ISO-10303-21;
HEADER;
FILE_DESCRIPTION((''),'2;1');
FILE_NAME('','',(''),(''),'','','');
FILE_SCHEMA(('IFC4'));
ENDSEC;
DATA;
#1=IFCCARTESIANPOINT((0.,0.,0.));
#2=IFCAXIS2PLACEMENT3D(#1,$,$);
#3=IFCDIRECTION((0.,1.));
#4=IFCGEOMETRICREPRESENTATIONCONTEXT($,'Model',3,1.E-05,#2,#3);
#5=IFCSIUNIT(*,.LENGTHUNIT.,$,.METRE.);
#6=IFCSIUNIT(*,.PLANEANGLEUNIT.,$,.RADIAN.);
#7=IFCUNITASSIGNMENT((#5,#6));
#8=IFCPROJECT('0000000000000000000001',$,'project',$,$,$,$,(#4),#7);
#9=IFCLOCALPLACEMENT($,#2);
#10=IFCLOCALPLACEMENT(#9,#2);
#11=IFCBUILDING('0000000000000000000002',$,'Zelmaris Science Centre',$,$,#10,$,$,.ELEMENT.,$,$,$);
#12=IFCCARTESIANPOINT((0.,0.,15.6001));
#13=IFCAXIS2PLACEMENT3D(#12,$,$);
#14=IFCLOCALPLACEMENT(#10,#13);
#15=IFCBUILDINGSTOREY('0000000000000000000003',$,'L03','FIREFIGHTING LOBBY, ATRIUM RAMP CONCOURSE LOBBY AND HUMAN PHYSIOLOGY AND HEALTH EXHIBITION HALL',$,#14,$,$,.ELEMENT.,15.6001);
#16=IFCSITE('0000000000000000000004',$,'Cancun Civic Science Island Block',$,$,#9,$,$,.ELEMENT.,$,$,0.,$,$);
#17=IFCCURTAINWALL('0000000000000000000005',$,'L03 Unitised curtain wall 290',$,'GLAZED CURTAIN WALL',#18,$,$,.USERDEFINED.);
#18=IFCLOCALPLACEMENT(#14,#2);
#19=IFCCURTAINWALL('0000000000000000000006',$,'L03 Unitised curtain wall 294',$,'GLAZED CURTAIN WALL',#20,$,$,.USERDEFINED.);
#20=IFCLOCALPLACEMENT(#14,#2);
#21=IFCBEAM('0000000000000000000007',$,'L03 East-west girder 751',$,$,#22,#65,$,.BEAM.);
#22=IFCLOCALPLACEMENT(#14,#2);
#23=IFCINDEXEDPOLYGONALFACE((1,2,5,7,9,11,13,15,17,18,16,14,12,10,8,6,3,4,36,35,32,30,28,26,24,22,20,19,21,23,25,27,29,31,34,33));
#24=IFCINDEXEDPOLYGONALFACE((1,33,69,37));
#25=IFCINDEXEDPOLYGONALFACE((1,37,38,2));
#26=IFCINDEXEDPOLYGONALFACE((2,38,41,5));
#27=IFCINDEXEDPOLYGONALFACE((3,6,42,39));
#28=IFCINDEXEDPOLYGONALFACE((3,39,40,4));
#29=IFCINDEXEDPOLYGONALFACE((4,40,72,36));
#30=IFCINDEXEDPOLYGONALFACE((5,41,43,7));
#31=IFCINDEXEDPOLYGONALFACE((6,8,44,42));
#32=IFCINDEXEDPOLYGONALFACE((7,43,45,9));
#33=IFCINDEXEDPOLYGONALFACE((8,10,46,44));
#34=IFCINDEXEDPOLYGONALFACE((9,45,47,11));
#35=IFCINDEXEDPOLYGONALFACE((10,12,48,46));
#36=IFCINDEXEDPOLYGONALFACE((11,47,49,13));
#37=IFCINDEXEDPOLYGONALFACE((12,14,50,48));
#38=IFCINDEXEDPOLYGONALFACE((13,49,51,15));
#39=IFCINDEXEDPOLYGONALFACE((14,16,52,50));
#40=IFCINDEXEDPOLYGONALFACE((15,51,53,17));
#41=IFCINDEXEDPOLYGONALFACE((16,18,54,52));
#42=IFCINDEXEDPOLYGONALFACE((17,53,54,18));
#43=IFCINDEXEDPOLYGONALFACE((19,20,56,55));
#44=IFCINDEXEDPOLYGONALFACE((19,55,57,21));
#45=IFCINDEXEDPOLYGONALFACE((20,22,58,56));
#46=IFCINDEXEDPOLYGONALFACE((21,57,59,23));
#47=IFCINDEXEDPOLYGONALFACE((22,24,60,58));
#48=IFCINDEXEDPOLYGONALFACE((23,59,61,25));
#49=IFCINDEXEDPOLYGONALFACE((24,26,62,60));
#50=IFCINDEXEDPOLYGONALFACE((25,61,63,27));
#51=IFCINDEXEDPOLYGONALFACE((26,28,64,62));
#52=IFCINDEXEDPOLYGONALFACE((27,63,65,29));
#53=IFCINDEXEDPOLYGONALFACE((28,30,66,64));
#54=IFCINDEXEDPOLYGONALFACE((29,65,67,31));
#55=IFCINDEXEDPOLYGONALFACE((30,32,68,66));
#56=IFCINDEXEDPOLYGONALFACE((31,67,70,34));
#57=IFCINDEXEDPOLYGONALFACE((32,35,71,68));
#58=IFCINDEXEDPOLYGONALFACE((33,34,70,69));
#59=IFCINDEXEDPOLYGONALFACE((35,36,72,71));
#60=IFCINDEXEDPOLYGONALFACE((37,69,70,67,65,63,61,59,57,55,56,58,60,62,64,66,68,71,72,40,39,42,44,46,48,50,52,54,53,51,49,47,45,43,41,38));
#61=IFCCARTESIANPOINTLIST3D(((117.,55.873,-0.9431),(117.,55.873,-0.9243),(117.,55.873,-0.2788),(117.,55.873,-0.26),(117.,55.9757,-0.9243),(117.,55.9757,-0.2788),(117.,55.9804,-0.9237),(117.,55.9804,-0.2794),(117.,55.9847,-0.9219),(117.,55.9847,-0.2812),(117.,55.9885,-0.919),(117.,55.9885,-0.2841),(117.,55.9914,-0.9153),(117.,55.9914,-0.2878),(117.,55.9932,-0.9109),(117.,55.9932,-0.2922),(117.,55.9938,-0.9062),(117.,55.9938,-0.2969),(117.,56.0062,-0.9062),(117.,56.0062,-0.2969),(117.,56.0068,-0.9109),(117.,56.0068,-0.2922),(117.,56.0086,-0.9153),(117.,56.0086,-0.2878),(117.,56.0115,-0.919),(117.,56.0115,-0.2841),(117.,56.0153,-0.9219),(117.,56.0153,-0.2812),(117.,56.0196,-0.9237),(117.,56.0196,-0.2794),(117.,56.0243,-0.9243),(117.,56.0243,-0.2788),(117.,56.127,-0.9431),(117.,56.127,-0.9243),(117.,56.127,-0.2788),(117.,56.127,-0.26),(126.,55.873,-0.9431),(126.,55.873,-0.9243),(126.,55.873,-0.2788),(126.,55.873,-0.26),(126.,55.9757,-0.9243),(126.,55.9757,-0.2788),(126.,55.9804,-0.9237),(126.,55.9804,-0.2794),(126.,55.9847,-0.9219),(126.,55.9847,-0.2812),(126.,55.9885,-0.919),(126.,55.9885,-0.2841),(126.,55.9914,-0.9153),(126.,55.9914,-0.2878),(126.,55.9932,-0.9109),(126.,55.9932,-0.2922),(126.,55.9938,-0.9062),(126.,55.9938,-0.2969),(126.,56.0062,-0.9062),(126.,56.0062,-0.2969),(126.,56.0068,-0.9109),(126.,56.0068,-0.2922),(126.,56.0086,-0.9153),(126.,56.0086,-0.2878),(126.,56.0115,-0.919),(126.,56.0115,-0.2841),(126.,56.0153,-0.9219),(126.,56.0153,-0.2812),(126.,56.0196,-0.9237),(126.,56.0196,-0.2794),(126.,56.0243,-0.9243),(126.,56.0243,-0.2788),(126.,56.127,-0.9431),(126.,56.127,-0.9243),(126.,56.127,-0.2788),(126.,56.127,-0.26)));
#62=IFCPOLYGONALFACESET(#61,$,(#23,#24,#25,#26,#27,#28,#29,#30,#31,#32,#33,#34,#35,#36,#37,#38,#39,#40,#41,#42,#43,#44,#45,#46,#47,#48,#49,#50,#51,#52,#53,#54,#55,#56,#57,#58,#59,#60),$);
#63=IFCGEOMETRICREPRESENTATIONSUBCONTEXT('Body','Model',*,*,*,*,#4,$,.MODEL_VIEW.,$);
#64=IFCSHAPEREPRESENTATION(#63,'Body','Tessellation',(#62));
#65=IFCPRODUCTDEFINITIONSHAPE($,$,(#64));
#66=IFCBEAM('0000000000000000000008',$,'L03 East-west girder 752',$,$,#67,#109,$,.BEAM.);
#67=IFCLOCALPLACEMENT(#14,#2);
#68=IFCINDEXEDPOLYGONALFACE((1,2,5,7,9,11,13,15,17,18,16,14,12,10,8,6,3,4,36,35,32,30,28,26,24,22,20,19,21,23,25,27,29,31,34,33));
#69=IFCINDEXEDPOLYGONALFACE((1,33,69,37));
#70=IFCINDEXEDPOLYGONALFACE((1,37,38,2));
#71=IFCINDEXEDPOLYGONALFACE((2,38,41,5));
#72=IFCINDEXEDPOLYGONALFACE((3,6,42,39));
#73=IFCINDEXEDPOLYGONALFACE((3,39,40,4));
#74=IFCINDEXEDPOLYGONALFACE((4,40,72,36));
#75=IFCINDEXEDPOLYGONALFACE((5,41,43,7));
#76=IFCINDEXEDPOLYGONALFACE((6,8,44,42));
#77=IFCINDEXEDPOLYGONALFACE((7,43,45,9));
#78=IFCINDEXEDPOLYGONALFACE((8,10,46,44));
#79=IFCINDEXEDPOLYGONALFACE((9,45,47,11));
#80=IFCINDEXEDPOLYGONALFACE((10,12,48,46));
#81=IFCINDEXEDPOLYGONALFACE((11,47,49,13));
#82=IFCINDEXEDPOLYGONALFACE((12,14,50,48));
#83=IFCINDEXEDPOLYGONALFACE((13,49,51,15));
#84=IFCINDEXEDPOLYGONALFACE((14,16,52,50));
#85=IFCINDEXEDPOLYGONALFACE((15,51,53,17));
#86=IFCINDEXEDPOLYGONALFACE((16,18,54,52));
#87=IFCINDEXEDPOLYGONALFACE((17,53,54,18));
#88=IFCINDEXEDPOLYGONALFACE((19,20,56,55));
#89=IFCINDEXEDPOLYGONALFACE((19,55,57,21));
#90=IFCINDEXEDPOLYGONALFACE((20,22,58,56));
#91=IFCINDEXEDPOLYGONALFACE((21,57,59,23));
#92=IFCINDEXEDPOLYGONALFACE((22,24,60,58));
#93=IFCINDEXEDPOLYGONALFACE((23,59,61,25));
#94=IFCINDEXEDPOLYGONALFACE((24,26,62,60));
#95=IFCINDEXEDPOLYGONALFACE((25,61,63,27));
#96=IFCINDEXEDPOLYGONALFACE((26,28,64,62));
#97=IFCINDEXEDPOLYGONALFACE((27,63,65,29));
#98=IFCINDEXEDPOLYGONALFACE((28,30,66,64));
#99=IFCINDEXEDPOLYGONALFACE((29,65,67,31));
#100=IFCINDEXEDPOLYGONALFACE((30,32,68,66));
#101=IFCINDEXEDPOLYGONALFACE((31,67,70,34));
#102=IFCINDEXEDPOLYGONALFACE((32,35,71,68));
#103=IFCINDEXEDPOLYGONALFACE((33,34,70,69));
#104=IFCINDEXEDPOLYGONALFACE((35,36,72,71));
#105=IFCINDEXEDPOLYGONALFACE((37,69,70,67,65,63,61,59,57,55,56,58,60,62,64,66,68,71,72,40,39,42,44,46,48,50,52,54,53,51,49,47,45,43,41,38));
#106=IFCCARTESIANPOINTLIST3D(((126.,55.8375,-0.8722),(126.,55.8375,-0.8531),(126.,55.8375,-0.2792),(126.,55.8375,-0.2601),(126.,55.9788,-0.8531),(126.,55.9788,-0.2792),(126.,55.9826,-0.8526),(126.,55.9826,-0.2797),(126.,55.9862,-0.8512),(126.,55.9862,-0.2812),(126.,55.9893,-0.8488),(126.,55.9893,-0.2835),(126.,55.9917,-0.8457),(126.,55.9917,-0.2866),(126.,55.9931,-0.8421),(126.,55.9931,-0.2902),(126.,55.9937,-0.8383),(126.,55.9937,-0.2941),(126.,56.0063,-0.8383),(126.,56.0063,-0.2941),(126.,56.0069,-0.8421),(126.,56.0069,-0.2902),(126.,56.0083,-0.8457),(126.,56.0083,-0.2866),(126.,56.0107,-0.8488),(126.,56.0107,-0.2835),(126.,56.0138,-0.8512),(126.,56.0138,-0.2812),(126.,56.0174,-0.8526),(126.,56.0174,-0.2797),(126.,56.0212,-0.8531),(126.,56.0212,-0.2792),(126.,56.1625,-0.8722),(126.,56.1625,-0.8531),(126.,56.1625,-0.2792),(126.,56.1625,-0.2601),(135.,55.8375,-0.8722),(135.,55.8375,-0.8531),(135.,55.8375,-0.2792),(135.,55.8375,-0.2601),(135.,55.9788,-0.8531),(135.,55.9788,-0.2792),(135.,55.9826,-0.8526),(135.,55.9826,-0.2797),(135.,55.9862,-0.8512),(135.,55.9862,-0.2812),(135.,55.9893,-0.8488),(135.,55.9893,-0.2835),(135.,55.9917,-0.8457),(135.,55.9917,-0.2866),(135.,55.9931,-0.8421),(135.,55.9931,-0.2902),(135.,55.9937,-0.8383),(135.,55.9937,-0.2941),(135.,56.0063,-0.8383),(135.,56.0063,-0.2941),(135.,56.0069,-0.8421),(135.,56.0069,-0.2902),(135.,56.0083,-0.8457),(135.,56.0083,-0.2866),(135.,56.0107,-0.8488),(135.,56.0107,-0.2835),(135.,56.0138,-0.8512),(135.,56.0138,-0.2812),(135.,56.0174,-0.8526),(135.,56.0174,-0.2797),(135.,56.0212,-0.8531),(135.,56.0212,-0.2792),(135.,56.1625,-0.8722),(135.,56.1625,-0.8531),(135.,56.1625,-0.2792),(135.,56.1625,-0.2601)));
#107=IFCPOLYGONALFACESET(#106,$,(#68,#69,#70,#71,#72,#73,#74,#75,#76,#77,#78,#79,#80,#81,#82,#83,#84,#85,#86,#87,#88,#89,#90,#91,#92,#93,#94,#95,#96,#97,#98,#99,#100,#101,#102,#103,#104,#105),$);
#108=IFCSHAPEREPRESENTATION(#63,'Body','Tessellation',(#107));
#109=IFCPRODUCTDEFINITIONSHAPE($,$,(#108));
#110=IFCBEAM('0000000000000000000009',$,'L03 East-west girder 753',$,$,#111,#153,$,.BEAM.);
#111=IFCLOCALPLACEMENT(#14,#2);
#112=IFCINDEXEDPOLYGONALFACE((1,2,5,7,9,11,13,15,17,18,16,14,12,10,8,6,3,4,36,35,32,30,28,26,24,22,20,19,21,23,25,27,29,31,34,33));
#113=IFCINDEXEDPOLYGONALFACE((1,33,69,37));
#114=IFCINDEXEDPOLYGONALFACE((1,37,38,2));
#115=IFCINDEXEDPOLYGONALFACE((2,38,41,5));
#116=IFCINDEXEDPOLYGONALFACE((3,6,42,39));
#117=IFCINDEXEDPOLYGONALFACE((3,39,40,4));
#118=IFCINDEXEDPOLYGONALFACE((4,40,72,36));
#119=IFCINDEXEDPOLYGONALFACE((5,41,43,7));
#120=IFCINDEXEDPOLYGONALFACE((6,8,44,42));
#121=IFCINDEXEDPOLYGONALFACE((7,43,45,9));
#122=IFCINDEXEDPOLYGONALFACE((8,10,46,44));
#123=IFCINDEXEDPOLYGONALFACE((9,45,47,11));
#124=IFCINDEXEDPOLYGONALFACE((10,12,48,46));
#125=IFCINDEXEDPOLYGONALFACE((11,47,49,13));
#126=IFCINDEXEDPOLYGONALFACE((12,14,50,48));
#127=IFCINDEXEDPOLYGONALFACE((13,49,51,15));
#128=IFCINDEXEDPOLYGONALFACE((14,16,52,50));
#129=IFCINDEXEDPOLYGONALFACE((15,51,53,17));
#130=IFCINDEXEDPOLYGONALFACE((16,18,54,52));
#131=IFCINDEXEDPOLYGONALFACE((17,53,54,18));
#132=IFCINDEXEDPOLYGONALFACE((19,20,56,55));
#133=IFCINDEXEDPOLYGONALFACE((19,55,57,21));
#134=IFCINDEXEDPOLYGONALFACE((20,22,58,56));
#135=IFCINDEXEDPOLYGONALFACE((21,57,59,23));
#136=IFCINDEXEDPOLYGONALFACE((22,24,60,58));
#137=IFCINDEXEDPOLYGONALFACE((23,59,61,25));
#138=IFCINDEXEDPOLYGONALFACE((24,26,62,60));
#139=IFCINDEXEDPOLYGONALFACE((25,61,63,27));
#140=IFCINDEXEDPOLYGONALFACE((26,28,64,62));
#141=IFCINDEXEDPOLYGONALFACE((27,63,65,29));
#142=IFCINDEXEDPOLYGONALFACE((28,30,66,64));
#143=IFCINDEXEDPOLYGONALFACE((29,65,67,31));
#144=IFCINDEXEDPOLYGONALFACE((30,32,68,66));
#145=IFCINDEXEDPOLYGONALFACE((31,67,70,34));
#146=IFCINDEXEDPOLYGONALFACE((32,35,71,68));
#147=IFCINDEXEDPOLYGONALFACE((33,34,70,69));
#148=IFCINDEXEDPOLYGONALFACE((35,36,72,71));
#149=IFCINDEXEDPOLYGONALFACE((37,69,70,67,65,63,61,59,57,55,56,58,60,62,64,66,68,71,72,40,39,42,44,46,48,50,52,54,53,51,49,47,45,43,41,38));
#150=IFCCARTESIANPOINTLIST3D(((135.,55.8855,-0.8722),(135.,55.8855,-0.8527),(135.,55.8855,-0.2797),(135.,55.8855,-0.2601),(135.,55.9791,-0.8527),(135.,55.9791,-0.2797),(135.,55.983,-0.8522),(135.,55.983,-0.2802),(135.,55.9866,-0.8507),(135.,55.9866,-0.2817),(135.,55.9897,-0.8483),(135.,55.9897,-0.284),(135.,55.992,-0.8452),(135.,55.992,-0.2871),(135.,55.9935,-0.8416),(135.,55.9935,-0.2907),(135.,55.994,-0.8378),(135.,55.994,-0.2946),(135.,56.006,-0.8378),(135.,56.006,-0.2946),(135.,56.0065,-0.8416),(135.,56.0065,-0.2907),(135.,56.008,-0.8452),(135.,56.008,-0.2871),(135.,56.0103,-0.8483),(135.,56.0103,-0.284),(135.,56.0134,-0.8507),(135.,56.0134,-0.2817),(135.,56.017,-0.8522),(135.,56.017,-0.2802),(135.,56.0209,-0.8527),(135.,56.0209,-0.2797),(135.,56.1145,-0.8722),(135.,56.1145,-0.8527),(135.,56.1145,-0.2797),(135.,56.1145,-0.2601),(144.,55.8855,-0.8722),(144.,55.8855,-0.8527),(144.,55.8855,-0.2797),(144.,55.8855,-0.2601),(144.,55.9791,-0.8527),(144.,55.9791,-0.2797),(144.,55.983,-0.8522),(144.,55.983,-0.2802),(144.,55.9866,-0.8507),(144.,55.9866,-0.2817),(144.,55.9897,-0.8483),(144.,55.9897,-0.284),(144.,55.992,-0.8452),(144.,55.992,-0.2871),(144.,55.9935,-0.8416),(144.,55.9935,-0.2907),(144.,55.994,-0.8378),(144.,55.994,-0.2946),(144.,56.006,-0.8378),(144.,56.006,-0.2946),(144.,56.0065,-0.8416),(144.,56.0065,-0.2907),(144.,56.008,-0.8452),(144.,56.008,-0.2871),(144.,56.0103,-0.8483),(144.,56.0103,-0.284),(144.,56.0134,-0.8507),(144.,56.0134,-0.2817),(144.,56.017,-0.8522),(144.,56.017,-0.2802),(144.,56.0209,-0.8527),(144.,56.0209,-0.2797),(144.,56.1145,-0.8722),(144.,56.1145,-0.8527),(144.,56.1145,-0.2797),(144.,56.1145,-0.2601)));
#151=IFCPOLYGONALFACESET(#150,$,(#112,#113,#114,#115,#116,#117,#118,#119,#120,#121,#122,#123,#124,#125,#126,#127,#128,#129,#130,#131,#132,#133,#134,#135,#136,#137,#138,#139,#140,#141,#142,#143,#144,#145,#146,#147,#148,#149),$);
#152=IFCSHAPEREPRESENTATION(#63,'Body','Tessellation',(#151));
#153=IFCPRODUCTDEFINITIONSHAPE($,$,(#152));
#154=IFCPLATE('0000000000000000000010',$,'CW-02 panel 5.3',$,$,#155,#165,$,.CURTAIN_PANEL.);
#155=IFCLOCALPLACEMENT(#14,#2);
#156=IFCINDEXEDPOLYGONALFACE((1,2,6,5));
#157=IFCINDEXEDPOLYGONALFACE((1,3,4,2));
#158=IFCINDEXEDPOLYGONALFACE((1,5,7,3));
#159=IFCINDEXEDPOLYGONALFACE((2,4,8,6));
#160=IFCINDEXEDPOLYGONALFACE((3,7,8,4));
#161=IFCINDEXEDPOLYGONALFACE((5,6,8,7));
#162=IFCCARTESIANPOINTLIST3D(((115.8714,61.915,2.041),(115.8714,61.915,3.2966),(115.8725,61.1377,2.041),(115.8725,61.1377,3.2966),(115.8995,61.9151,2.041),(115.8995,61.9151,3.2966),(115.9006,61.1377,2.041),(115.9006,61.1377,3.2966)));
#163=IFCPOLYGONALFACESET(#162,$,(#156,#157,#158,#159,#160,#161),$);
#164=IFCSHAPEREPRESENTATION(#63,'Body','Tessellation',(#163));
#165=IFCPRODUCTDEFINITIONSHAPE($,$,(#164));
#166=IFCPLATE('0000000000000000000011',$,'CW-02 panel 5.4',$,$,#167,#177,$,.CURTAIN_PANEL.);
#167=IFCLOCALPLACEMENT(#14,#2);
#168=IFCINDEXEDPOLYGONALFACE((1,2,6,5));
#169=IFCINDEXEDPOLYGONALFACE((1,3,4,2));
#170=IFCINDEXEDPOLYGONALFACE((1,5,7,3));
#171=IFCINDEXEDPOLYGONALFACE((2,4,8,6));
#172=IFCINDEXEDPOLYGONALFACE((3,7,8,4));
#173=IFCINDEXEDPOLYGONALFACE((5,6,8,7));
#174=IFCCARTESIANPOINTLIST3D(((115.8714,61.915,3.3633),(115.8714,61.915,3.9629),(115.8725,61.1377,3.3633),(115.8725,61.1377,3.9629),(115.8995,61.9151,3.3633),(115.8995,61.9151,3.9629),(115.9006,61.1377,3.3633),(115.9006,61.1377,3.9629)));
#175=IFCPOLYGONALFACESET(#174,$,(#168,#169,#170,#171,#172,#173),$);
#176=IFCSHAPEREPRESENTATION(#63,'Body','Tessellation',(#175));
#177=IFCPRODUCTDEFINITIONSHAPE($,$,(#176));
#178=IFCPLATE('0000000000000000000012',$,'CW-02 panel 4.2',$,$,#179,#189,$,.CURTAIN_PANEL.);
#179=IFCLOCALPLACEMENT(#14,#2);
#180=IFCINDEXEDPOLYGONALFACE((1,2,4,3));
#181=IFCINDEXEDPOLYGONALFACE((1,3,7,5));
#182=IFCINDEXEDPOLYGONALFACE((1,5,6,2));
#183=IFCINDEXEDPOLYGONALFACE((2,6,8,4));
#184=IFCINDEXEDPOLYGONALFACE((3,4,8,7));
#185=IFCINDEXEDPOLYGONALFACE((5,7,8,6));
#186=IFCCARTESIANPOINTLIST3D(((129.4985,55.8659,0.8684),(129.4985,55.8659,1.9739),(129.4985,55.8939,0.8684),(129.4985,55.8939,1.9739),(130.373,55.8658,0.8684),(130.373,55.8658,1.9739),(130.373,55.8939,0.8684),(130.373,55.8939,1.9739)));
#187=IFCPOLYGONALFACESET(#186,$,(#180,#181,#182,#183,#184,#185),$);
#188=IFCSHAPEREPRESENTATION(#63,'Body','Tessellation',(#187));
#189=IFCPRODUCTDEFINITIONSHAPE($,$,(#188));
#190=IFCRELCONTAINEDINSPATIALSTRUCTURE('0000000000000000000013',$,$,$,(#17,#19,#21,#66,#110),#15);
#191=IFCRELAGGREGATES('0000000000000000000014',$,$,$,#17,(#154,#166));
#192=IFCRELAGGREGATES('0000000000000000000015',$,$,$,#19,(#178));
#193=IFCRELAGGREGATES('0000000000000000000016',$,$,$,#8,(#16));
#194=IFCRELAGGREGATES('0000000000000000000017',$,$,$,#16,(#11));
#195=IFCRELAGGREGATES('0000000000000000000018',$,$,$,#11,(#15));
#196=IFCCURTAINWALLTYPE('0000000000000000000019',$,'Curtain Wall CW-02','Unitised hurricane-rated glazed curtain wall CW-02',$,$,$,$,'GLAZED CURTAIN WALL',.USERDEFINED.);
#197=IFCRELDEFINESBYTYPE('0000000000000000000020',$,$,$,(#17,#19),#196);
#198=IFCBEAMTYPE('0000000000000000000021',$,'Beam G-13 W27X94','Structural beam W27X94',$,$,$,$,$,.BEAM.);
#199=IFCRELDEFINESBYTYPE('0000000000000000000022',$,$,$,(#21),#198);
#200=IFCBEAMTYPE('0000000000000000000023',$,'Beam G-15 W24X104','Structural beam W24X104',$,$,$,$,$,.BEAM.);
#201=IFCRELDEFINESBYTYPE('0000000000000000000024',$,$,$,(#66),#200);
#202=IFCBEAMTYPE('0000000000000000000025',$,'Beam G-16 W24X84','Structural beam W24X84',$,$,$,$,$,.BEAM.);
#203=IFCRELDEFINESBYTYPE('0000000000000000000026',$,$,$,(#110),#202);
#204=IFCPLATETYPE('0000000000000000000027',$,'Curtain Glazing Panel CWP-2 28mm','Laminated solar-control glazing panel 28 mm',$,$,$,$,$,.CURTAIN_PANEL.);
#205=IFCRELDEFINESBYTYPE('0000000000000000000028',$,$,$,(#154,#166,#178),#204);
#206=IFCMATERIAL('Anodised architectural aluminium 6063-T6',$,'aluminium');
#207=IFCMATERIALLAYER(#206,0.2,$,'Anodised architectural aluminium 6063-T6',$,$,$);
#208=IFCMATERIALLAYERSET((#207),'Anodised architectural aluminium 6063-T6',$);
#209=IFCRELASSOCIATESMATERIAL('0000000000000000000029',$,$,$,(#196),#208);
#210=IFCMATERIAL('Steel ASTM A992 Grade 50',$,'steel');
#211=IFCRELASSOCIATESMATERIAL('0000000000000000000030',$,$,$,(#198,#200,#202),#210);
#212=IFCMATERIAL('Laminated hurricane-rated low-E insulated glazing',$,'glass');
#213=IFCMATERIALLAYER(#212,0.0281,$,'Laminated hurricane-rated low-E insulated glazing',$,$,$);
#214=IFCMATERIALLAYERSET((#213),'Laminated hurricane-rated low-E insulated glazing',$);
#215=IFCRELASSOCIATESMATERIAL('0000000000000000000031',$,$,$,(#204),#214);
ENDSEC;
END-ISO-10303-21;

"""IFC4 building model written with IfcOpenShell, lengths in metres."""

from ifc_helpers import new_model, si_unit, direction, frame, origin, origin_2d, place, context, subcontext, project, spatial, rectangle, i_section, extrude, material, layer, layer_set, material_profile, profile_set, type_object, element, aggregate, save


model = new_model("IFC4")

# Units and contexts
model_context = context("Model", 3, precision=1e-05, world=origin(), true_north=direction((0.0, 1.0)))
body_context = subcontext(model_context, "Body", "Model", "MODEL_VIEW")
ifc_project = project(units=[si_unit("LENGTHUNIT", "METRE"), si_unit("PLANEANGLEUNIT", "RADIAN")], contexts=[model_context])

# Site, building, storey
site_placement = place(None, origin())
site = spatial("IfcSite", under=ifc_project, at=site_placement, Name="Cancun Civic Science Island Block", CompositionType="ELEMENT", RefElevation=0.0)
building_placement = place(site_placement, origin())
building = spatial("IfcBuilding", under=site, at=building_placement, Name="Zelmaris Science Centre", CompositionType="ELEMENT")
storey_placement = place(building_placement, frame((0.0, 0.0, 15.6001)))
storey = spatial("IfcBuildingStorey", under=building, at=storey_placement, Name="L03", Description="FIREFIGHTING LOBBY, ATRIUM RAMP CONCOURSE LOBBY AND HUMAN PHYSIOLOGY AND HEALTH EXHIBITION HALL", CompositionType="ELEMENT", Elevation=15.6001)

# Shared definitions
ifc_material_1 = material(Name="Steel ASTM A992 Grade 50", Category="steel")

# Curtain walls
ifc_material_2 = material(Name="Anodised architectural aluminium 6063-T6", Category="aluminium")
ifc_layer_1 = layer(ifc_material_2, 0.2, Name="Anodised architectural aluminium 6063-T6")
ifc_layer_set_1 = layer_set([ifc_layer_1], Name="Anodised architectural aluminium 6063-T6")
curtain_wall_type = type_object("IfcCurtainWallType", Name="Curtain Wall CW-02", Description="Unitised hurricane-rated glazed curtain wall CW-02", ElementType="GLAZED CURTAIN WALL", PredefinedType="USERDEFINED", material=ifc_layer_set_1)
curtain_wall_1_placement = place(storey_placement, origin())
curtain_wall_1 = element("IfcCurtainWall", 1, at=curtain_wall_1_placement, inside=storey, type_object=curtain_wall_type, Name="L03 Unitised curtain wall 290", ObjectType="GLAZED CURTAIN WALL", PredefinedType="USERDEFINED")
curtain_wall_2_placement = place(storey_placement, origin())
curtain_wall_2 = element("IfcCurtainWall", 2, at=curtain_wall_2_placement, inside=storey, type_object=curtain_wall_type, Name="L03 Unitised curtain wall 294", ObjectType="GLAZED CURTAIN WALL", PredefinedType="USERDEFINED")

# Beams
ifc_material_profile_1 = material_profile(ifc_material_1, i_section(OverallWidth=0.2539, OverallDepth=0.6831, WebThickness=0.0125, FlangeThickness=0.0188, FilletRadius=0.0181, at=origin_2d()), Name="W27X94")
ifc_profile_set_1 = profile_set([ifc_material_profile_1], Name="Steel ASTM A992 Grade 50")
beam_type_1 = type_object("IfcBeamType", Name="Beam G-13 W27X94", Description="Structural beam W27X94", PredefinedType="BEAM", material=ifc_profile_set_1)
beam_1_placement = place(storey_placement, frame((117.0, 56.0, -0.6016), z_axis=(1.0, 0.0, 0.0), x_axis=(0.0, 1.0, 0.0)))
element("IfcBeam", 3, at=beam_1_placement, inside=storey, type_object=beam_type_1, Name="L03 East-west girder 751", PredefinedType="BEAM", context=body_context, shape_type="SweptSolid", body=[
    extrude(i_section(OverallWidth=0.2539, OverallDepth=0.6831, WebThickness=0.0125, FlangeThickness=0.0188, FilletRadius=0.0181, at=origin_2d()), origin(), (0.0, 0.0, 1.0), 9.0),
])
ifc_material_profile_2 = material_profile(ifc_material_1, i_section(OverallWidth=0.325, OverallDepth=0.6121, WebThickness=0.0127, FlangeThickness=0.019, FilletRadius=0.0149, at=origin_2d()), Name="W24X104")
ifc_profile_set_2 = profile_set([ifc_material_profile_2], Name="Steel ASTM A992 Grade 50")
beam_type_2 = type_object("IfcBeamType", Name="Beam G-15 W24X104", Description="Structural beam W24X104", PredefinedType="BEAM", material=ifc_profile_set_2)
beam_2_placement = place(storey_placement, frame((126.0, 56.0, -0.5662), z_axis=(1.0, 0.0, 0.0), x_axis=(0.0, 1.0, 0.0)))
element("IfcBeam", 4, at=beam_2_placement, inside=storey, type_object=beam_type_2, Name="L03 East-west girder 752", PredefinedType="BEAM", context=body_context, shape_type="SweptSolid", body=[
    extrude(i_section(OverallWidth=0.325, OverallDepth=0.6121, WebThickness=0.0127, FlangeThickness=0.019, FilletRadius=0.0149, at=origin_2d()), origin(), (0.0, 0.0, 1.0), 9.0),
])
ifc_material_profile_3 = material_profile(ifc_material_1, i_section(OverallWidth=0.229, OverallDepth=0.6121, WebThickness=0.012, FlangeThickness=0.0195, FilletRadius=0.0149, at=origin_2d()), Name="W24X84")
ifc_profile_set_3 = profile_set([ifc_material_profile_3], Name="Steel ASTM A992 Grade 50")
beam_type_3 = type_object("IfcBeamType", Name="Beam G-16 W24X84", Description="Structural beam W24X84", PredefinedType="BEAM", material=ifc_profile_set_3)
beam_3_placement = place(storey_placement, frame((135.0, 56.0, -0.5662), z_axis=(1.0, 0.0, 0.0), x_axis=(0.0, 1.0, 0.0)))
element("IfcBeam", 5, at=beam_3_placement, inside=storey, type_object=beam_type_3, Name="L03 East-west girder 753", PredefinedType="BEAM", context=body_context, shape_type="SweptSolid", body=[
    extrude(i_section(OverallWidth=0.229, OverallDepth=0.6121, WebThickness=0.012, FlangeThickness=0.0195, FilletRadius=0.0149, at=origin_2d()), origin(), (0.0, 0.0, 1.0), 9.0),
])

# Plates
ifc_material_3 = material(Name="Laminated hurricane-rated low-E insulated glazing", Category="glass")
ifc_layer_2 = layer(ifc_material_3, 0.0281, Name="Laminated hurricane-rated low-E insulated glazing")
ifc_layer_set_2 = layer_set([ifc_layer_2], Name="Laminated hurricane-rated low-E insulated glazing")
plate_type = type_object("IfcPlateType", Name="Curtain Glazing Panel CWP-2 28mm", Description="Laminated solar-control glazing panel 28 mm", PredefinedType="CURTAIN_PANEL", material=ifc_layer_set_2)
plate_1_placement = place(storey_placement, frame((115.886, 61.5264, 2.041), z_axis=(0.0, 0.0, 1.0), x_axis=(0.001367, -0.999999, 0.0)))
plate_1 = element("IfcPlate", 6, at=plate_1_placement, type_object=plate_type, Name="CW-02 panel 5.3", PredefinedType="CURTAIN_PANEL", context=body_context, shape_type="SweptSolid", body=[
    extrude(rectangle(XDim=0.7773, YDim=0.0281, at=origin_2d()), origin(), (0.0, 0.0, 1.0), 1.2556),
])
plate_2_placement = place(storey_placement, frame((115.886, 61.5264, 3.3633), z_axis=(0.0, 0.0, 1.0), x_axis=(0.001367, -0.999999, 0.0)))
plate_2 = element("IfcPlate", 7, at=plate_2_placement, type_object=plate_type, Name="CW-02 panel 5.4", PredefinedType="CURTAIN_PANEL", context=body_context, shape_type="SweptSolid", body=[
    extrude(rectangle(XDim=0.7773, YDim=0.0281, at=origin_2d()), origin(), (0.0, 0.0, 1.0), 0.5996),
])
aggregate(curtain_wall_1, [plate_1, plate_2])
plate_3_placement = place(storey_placement, frame((129.9358, 55.8799, 0.8684), z_axis=(0.0, 0.0, 1.0), x_axis=(1.0, -0.000026, 0.0)))
plate_3 = element("IfcPlate", 8, at=plate_3_placement, type_object=plate_type, Name="CW-02 panel 4.2", PredefinedType="CURTAIN_PANEL", context=body_context, shape_type="SweptSolid", body=[
    extrude(rectangle(XDim=0.8745, YDim=0.0281, at=origin_2d()), origin(), (0.0, 0.0, 1.0), 1.1055),
])
aggregate(curtain_wall_2, [plate_3])

save(model, "model.ifc")
